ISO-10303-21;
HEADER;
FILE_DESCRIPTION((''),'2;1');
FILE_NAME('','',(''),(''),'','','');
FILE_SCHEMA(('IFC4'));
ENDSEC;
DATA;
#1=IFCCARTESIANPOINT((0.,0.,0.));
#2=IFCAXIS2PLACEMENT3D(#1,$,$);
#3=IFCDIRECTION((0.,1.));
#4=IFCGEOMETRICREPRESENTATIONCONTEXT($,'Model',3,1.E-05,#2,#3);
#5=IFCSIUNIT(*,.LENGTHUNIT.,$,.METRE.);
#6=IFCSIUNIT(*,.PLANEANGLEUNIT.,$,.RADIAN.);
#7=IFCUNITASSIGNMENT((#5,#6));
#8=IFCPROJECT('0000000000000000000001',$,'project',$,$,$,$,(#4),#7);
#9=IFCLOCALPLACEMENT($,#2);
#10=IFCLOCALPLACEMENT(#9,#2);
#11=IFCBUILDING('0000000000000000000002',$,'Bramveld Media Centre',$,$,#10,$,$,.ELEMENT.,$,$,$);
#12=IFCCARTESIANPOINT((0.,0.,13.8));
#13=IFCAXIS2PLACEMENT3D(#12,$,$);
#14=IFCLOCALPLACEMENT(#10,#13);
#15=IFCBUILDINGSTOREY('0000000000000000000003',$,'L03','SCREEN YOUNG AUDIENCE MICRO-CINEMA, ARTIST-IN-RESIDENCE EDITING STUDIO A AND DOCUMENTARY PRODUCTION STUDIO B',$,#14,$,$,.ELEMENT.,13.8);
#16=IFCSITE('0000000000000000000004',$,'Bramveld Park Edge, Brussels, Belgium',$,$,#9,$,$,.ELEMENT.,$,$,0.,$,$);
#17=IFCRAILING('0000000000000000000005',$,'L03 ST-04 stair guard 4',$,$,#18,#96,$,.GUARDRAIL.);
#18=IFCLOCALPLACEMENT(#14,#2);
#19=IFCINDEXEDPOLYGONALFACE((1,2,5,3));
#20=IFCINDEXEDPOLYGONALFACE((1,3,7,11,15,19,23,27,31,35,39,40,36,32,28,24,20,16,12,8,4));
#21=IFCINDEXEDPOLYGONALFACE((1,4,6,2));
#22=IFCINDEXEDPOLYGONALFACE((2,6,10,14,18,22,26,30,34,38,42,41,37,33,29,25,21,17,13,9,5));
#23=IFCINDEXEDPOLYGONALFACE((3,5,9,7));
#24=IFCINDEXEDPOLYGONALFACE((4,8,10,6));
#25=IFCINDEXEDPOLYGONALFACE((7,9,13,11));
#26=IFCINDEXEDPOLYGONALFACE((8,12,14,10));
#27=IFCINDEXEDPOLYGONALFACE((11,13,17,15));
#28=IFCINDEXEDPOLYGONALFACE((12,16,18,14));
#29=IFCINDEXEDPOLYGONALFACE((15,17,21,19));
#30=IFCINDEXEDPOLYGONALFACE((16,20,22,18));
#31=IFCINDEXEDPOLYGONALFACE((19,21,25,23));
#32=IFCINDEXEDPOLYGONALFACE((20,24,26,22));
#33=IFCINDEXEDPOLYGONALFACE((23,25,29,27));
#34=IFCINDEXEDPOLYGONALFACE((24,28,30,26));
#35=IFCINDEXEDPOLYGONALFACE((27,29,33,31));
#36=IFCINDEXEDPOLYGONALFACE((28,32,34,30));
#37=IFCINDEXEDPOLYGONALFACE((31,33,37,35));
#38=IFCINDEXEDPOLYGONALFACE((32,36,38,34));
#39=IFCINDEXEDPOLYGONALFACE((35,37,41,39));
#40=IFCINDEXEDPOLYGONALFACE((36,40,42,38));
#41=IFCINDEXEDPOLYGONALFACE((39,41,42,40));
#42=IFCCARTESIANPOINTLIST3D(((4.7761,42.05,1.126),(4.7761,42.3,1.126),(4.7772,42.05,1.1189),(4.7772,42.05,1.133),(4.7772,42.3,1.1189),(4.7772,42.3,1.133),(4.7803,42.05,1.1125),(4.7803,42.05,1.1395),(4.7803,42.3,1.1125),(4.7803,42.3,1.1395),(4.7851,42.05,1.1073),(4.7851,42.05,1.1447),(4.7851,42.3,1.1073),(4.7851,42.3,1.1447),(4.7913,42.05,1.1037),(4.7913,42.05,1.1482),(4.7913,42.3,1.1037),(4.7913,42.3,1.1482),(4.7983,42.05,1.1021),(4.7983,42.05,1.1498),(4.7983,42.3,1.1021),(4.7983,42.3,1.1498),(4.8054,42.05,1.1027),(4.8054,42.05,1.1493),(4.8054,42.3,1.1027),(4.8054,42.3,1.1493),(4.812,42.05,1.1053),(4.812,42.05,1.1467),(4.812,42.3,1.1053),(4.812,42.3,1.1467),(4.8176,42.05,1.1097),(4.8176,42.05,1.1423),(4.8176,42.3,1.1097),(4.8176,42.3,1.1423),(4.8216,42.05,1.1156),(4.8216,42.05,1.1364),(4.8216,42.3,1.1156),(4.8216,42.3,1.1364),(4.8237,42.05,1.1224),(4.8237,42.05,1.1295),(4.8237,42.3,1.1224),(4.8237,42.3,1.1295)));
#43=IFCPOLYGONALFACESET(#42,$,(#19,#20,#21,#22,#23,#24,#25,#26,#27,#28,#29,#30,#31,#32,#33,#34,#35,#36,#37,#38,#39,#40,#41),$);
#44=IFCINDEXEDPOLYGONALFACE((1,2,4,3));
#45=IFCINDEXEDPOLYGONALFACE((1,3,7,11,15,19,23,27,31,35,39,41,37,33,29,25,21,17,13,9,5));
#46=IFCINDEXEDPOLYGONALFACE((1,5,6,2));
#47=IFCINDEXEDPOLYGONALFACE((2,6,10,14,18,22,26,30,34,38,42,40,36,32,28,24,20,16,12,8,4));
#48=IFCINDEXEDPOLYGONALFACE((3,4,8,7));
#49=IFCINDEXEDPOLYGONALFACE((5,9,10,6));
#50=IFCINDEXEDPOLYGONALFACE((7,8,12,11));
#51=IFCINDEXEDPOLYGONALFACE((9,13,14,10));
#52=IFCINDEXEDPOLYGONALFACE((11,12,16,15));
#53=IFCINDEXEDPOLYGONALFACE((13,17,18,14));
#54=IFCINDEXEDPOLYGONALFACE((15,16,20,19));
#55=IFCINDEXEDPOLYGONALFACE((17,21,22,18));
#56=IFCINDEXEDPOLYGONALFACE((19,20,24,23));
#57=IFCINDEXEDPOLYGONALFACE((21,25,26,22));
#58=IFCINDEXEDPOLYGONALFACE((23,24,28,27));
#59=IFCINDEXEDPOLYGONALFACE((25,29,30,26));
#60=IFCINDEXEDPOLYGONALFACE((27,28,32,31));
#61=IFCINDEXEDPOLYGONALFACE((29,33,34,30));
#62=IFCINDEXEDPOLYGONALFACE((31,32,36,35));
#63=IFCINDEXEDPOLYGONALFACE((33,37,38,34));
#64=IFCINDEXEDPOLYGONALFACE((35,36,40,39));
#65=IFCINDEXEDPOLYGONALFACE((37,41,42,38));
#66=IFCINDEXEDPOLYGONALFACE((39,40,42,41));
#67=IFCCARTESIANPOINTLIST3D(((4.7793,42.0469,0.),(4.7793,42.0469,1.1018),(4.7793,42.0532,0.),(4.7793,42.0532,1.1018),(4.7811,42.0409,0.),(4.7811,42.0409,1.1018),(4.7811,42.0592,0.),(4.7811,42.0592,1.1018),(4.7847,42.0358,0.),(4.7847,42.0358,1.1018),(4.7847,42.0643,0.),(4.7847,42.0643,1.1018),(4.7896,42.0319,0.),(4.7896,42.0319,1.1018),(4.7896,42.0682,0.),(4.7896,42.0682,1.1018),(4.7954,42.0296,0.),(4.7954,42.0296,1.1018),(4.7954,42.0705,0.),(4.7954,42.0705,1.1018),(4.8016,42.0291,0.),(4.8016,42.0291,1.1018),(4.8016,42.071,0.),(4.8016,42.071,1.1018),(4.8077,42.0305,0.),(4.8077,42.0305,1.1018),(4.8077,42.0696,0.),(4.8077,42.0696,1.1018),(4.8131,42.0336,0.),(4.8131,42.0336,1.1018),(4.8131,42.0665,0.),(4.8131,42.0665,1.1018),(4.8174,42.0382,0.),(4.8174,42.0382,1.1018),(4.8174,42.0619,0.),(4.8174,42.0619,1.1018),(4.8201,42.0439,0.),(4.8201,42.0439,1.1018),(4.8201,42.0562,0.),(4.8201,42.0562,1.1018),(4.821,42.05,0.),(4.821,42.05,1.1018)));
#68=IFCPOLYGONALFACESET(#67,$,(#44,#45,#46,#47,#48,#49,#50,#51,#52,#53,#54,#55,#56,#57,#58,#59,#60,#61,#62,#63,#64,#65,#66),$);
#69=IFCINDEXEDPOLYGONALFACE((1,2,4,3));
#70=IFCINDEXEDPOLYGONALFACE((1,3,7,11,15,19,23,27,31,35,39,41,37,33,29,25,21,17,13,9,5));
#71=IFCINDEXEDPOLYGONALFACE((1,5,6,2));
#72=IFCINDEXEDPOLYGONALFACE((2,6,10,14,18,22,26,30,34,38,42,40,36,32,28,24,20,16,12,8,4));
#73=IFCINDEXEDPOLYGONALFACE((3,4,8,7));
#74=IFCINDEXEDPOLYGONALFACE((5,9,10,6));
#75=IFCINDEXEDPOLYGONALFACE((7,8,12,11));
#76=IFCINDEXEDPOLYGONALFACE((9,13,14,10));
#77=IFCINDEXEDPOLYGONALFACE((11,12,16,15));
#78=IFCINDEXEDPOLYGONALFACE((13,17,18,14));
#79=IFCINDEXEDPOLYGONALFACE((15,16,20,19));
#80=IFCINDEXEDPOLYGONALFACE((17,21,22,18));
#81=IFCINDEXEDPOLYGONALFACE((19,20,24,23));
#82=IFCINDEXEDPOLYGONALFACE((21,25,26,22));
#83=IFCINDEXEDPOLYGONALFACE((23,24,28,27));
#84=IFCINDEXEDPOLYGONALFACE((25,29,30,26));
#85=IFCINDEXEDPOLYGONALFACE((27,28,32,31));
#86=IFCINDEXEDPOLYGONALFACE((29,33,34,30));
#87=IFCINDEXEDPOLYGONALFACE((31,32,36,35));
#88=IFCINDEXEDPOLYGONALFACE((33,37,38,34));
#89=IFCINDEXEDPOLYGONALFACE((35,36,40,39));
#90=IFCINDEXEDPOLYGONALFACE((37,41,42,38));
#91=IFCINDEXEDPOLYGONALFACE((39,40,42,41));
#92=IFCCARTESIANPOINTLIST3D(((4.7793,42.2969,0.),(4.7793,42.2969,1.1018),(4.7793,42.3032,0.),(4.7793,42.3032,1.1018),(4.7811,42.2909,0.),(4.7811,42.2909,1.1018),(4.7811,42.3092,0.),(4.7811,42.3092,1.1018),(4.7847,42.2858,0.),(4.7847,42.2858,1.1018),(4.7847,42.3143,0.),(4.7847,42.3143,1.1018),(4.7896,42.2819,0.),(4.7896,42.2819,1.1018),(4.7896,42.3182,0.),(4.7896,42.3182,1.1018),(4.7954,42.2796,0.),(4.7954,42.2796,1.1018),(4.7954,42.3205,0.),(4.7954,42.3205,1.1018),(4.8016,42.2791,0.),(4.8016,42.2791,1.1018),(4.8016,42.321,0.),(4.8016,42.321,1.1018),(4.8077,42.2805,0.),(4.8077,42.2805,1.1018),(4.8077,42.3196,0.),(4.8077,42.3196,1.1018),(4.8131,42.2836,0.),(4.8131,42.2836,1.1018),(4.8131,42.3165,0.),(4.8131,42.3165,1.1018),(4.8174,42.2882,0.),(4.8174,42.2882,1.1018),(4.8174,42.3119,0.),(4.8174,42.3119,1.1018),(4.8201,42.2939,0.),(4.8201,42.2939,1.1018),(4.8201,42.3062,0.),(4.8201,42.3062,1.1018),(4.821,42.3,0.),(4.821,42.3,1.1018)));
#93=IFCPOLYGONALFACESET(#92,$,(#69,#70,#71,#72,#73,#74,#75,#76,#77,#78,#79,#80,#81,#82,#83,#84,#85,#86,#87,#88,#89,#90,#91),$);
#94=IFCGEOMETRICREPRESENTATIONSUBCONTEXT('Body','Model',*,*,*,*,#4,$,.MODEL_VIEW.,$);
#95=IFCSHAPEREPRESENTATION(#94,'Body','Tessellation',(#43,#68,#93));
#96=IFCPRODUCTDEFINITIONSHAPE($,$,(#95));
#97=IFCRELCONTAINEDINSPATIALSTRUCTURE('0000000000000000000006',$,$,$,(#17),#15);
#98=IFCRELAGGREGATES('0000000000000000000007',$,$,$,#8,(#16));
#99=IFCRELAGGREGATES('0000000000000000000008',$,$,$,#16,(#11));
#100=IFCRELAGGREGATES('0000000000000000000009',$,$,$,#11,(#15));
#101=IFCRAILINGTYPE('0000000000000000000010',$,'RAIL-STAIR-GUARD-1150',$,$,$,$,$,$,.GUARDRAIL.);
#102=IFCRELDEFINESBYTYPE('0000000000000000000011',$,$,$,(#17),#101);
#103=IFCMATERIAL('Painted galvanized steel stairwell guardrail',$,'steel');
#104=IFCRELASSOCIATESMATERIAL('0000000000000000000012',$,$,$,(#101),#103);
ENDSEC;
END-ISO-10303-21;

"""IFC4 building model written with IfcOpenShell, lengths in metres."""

from ifc_helpers import new_model, si_unit, direction, frame, origin, origin_2d, place, context, subcontext, project, spatial, circle, extrude, material, type_object, element, save


model = new_model("IFC4")

# Units and contexts
model_context = context("Model", 3, precision=1e-05, world=origin(), true_north=direction((0.0, 1.0)))
body_context = subcontext(model_context, "Body", "Model", "MODEL_VIEW")
ifc_project = project(units=[si_unit("LENGTHUNIT", "METRE"), si_unit("PLANEANGLEUNIT", "RADIAN")], contexts=[model_context])

# Site, building, storey
site_placement = place(None, origin())
site = spatial("IfcSite", under=ifc_project, at=site_placement, Name="Bramveld Park Edge, Brussels, Belgium", CompositionType="ELEMENT", RefElevation=0.0)
building_placement = place(site_placement, origin())
building = spatial("IfcBuilding", under=site, at=building_placement, Name="Bramveld Media Centre", CompositionType="ELEMENT")
storey_placement = place(building_placement, frame((0.0, 0.0, 13.8)))
storey = spatial("IfcBuildingStorey", under=building, at=storey_placement, Name="L03", Description="SCREEN YOUNG AUDIENCE MICRO-CINEMA, ARTIST-IN-RESIDENCE EDITING STUDIO A AND DOCUMENTARY PRODUCTION STUDIO B", CompositionType="ELEMENT", Elevation=13.8)

# Railing
ifc_material_1 = material(Name="Painted galvanized steel stairwell guardrail", Category="steel")
railing_type_1 = type_object("IfcRailingType", Name="RAIL-STAIR-GUARD-1150", PredefinedType="GUARDRAIL", material=ifc_material_1)
railing_1_placement = place(storey_placement, frame((4.8, 42.05, 0.0)))
element("IfcRailing", 1, at=railing_1_placement, inside=storey, type_object=railing_type_1, Name="L03 ST-04 stair guard 4", PredefinedType="GUARDRAIL", context=body_context, shape_type="SweptSolid", body=[
    extrude(circle(Radius=0.0239, at=origin_2d()), frame((0.0, 0.0, 1.126), z_axis=(0.0, 1.0, 0.0), x_axis=(-1.0, 0.0, 0.0)), (0.0, 0.0, 1.0), 0.25),
    extrude(circle(Radius=0.021, at=origin_2d()), origin(), (0.0, 0.0, 1.0), 1.1018),
    extrude(circle(Radius=0.021, at=origin_2d()), frame((0.0, 0.25, 0.0)), (0.0, 0.0, 1.0), 1.1018),
])

save(model, "model.ifc")
